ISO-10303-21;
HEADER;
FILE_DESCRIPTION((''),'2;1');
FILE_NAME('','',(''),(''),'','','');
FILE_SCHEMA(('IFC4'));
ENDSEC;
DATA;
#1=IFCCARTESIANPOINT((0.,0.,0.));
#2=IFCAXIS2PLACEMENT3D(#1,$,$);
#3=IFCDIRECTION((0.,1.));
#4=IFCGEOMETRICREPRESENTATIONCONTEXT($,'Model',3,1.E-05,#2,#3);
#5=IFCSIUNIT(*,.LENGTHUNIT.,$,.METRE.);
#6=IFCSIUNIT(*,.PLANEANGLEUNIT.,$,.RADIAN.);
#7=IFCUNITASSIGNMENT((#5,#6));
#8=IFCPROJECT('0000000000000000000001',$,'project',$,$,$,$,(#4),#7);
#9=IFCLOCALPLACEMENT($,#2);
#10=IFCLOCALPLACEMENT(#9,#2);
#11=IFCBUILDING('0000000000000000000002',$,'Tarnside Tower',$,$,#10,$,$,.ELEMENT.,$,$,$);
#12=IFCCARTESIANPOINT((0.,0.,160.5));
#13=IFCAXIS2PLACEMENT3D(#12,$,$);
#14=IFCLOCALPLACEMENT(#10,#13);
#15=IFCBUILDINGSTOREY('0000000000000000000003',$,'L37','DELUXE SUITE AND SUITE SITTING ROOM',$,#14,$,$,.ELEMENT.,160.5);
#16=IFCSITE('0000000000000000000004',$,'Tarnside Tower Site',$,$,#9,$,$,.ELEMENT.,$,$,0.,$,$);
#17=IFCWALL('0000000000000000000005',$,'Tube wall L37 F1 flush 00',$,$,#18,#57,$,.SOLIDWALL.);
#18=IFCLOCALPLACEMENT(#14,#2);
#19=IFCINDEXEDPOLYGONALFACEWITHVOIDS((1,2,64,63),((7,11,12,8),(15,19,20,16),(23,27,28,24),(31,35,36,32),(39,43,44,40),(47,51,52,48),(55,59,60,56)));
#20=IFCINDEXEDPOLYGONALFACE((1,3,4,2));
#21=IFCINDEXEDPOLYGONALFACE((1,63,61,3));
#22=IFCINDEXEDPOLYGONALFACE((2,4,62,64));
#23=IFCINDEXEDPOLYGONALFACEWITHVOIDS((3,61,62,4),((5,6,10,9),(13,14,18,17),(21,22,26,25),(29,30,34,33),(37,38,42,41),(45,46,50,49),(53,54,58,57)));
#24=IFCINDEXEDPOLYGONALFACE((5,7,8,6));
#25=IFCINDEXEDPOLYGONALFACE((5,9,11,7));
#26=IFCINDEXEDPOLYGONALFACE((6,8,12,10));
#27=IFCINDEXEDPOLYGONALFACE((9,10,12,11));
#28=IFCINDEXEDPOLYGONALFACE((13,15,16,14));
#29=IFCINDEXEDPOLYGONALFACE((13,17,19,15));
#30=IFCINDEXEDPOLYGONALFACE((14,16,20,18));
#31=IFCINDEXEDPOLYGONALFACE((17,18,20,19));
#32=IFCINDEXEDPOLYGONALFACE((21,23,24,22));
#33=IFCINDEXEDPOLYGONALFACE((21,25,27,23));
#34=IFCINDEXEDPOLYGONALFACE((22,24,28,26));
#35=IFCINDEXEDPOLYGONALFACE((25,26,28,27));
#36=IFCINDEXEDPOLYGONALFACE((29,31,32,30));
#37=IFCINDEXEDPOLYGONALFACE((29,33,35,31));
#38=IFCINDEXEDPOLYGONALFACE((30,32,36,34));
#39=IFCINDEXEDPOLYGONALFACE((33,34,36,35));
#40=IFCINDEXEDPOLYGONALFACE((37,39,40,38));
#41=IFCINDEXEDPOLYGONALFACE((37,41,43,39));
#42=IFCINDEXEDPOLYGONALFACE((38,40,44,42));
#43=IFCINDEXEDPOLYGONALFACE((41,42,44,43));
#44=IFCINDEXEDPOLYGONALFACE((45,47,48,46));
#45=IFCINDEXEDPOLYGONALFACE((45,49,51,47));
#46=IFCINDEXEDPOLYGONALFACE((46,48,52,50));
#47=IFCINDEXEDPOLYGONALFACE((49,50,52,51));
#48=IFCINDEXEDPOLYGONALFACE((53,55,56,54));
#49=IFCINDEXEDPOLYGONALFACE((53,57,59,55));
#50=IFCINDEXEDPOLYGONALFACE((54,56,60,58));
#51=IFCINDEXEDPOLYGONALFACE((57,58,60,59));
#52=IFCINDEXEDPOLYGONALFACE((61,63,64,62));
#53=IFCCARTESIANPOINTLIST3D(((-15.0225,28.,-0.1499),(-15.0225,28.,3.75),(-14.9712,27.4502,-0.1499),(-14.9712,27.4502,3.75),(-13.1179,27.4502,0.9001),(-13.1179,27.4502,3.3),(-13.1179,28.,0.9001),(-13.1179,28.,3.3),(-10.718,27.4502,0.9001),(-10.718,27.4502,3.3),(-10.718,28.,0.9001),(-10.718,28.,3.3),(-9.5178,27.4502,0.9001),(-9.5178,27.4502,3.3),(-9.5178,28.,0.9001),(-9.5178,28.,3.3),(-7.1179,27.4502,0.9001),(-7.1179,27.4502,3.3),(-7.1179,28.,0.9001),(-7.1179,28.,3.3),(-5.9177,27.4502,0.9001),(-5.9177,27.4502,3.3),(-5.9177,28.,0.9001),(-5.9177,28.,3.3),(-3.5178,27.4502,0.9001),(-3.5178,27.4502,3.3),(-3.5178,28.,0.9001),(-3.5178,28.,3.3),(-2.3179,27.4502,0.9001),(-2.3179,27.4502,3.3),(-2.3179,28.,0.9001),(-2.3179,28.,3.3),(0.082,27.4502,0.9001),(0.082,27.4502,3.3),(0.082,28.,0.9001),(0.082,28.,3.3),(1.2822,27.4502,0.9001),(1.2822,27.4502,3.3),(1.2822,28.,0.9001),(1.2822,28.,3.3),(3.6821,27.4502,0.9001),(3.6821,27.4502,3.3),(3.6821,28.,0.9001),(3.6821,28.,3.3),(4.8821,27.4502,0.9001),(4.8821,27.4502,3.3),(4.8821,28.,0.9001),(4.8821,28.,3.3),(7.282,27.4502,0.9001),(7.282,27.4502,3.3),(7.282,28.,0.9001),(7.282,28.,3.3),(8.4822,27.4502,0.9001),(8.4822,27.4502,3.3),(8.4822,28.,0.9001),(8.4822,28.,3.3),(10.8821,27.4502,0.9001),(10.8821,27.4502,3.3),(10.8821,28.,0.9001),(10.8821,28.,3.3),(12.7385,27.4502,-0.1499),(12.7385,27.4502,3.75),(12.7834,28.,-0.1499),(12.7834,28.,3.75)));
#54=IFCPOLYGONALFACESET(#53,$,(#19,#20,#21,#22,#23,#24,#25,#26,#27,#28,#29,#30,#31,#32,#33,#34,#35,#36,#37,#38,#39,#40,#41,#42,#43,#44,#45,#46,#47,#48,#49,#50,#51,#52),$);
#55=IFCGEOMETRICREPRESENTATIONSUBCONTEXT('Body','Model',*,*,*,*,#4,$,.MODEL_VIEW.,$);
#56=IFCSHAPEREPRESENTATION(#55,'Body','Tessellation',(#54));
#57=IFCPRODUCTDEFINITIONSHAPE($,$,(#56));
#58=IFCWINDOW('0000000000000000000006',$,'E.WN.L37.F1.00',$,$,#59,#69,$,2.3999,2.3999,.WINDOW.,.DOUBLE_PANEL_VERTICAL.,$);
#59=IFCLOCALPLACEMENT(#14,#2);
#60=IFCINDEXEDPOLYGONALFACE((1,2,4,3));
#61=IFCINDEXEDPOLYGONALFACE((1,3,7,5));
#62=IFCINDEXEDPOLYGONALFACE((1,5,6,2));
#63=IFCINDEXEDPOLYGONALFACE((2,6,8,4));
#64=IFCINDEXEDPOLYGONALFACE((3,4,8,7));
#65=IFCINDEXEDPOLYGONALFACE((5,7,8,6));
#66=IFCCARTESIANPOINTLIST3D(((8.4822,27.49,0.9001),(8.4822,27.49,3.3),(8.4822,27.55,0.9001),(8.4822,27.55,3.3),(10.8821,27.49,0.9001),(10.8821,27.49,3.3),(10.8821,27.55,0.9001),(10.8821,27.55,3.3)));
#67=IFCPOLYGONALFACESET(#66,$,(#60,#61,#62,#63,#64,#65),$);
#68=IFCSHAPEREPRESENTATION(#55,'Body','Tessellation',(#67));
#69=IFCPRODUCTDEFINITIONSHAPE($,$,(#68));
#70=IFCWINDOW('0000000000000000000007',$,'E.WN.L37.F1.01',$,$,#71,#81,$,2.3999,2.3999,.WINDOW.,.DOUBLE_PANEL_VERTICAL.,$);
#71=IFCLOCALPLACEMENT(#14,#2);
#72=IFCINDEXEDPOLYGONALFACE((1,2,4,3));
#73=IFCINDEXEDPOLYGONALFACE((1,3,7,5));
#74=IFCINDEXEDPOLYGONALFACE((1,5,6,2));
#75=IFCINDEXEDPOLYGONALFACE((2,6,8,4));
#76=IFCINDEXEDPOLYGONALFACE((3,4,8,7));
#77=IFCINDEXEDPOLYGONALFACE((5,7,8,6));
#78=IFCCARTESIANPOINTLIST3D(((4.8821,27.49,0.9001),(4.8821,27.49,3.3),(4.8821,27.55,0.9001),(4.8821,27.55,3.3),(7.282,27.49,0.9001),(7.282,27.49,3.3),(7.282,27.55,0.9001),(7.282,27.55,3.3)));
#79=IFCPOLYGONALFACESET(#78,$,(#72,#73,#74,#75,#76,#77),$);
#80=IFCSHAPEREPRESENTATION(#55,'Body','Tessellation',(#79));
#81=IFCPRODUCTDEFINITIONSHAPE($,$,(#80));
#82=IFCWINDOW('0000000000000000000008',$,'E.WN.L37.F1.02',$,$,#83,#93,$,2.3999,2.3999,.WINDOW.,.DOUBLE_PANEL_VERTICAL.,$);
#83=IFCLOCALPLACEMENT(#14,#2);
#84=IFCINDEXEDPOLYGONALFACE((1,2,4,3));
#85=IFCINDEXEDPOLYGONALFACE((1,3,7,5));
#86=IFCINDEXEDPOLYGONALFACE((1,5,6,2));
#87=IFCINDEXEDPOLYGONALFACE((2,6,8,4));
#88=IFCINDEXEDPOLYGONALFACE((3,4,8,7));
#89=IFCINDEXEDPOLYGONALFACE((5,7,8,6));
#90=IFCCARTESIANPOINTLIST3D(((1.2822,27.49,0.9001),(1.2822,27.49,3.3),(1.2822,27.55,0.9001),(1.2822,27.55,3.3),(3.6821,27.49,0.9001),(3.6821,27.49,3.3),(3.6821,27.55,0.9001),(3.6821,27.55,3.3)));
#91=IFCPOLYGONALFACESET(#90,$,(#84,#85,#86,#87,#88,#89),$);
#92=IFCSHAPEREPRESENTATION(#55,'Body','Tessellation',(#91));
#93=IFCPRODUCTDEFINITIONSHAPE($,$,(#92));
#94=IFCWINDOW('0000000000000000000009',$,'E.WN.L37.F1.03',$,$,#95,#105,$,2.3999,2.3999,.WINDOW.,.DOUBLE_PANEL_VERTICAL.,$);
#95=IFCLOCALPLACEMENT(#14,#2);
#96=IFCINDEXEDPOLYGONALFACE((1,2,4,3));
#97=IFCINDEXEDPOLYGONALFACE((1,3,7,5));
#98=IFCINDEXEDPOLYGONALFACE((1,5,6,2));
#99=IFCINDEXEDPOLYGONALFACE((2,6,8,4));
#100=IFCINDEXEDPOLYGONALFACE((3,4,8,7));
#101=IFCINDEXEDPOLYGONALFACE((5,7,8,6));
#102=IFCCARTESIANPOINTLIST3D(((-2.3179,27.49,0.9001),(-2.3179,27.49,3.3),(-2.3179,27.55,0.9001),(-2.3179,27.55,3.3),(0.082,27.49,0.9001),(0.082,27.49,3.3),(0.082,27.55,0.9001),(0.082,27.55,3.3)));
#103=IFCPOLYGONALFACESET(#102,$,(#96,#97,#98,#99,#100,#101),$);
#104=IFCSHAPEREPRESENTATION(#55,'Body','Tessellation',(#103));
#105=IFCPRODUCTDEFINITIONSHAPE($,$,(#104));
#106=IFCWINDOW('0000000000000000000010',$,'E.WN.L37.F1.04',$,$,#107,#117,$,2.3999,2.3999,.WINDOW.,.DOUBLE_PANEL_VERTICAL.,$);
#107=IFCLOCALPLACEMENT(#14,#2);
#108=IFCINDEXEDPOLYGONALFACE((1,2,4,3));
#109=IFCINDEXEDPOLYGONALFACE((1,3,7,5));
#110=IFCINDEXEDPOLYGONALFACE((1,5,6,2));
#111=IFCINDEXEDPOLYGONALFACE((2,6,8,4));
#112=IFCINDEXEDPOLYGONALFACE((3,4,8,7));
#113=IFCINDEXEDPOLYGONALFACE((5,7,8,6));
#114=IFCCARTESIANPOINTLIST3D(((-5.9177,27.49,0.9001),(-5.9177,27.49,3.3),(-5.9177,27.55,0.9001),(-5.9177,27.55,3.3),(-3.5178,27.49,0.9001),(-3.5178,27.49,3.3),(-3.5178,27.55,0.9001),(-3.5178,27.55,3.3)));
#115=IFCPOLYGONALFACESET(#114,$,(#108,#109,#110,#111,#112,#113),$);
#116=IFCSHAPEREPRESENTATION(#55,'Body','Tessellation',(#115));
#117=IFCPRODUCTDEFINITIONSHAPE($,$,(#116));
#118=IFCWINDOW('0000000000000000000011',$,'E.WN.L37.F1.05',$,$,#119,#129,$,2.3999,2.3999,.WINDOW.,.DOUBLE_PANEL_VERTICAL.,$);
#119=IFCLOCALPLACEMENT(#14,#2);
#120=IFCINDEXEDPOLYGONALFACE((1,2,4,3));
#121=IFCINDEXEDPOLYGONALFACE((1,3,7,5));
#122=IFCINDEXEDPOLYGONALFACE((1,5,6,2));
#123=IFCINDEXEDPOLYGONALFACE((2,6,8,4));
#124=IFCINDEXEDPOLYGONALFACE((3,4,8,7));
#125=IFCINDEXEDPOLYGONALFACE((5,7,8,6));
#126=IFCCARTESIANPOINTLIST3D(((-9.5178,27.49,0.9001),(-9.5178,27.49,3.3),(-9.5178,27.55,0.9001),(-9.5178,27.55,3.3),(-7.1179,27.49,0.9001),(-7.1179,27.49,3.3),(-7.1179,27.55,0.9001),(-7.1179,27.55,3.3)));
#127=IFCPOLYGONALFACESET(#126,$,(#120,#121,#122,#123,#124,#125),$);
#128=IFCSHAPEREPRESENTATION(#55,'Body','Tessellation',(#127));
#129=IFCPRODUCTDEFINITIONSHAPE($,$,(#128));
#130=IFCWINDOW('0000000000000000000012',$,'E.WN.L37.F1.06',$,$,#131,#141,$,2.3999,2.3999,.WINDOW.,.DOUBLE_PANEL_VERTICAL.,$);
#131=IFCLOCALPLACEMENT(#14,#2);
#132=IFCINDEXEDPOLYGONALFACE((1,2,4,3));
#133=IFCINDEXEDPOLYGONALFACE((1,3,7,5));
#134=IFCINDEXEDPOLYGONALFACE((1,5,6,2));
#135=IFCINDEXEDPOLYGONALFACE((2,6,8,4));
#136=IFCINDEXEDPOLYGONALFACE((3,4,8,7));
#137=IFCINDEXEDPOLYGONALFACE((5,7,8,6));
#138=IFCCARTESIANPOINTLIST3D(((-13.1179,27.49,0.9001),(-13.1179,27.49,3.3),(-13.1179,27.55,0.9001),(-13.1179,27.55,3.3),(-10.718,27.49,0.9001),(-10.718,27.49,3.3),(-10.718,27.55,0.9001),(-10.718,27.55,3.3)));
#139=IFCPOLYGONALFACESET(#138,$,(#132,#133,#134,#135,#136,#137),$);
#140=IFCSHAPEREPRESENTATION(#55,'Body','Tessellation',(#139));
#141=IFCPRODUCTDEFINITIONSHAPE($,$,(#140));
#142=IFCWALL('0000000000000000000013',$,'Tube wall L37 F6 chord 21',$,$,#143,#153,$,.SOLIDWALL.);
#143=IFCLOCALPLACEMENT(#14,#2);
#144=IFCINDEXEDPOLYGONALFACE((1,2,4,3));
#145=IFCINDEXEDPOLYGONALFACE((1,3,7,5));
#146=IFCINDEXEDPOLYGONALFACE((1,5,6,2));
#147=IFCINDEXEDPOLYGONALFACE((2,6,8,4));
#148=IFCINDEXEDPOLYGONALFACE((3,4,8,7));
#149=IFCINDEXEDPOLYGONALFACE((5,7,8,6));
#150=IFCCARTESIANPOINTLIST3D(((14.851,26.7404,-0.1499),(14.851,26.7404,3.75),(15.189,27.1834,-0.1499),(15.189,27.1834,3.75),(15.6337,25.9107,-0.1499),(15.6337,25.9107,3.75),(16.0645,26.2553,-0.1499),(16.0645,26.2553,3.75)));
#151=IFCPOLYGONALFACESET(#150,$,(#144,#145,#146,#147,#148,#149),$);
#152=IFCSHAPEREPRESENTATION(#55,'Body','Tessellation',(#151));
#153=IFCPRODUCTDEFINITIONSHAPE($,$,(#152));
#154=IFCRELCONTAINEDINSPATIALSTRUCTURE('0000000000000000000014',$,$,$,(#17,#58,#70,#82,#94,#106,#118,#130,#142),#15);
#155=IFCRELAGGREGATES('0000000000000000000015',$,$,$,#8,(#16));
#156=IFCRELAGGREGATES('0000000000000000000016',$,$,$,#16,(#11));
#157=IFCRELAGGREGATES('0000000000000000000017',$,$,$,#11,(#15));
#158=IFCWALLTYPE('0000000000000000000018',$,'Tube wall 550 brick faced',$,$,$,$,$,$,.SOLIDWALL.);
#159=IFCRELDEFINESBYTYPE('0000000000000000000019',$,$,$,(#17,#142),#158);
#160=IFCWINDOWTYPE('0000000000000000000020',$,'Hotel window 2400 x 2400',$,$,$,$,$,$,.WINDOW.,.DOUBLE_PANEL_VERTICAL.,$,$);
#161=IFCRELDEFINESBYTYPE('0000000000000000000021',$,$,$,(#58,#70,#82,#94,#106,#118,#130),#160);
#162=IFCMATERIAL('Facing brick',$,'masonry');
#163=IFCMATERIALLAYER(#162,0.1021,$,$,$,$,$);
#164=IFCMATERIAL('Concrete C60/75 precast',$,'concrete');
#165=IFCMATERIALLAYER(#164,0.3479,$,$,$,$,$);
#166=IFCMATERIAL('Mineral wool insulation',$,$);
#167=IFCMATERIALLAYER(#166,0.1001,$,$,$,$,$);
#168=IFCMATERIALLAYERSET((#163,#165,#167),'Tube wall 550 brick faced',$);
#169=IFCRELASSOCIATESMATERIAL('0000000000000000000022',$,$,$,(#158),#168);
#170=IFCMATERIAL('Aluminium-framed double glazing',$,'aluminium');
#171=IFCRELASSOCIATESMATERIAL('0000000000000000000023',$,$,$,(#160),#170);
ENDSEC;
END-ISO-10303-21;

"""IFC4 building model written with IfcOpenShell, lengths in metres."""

from ifc_helpers import new_model, si_unit, direction, frame, frame_2d, origin, place, context, subcontext, project, spatial, polyline, rectangle, outline, extrude, material, layer, layer_set, type_object, element, fill, save


model = new_model("IFC4")

# Units and contexts
model_context = context("Model", 3, precision=1e-05, world=origin(), true_north=direction((0.0, 1.0)))
body_context = subcontext(model_context, "Body", "Model", "MODEL_VIEW")
ifc_project = project(units=[si_unit("LENGTHUNIT", "METRE"), si_unit("PLANEANGLEUNIT", "RADIAN")], contexts=[model_context])

# Site, building, storey
site_placement = place(None, origin())
site = spatial("IfcSite", under=ifc_project, at=site_placement, Name="Tarnside Tower Site", CompositionType="ELEMENT", RefElevation=0.0)
building_placement = place(site_placement, origin())
building = spatial("IfcBuilding", under=site, at=building_placement, Name="Tarnside Tower", CompositionType="ELEMENT")
storey_placement = place(building_placement, frame((0.0, 0.0, 160.5)))
storey = spatial("IfcBuildingStorey", under=building, at=storey_placement, Name="L37", Description="DELUXE SUITE AND SUITE SITTING ROOM", CompositionType="ELEMENT", Elevation=160.5)

# Wall, openings, windows
ifc_material_1 = material(Name="Facing brick", Category="masonry")
ifc_layer_1 = layer(ifc_material_1, 0.1021)
ifc_material_2 = material(Name="Concrete C60/75 precast", Category="concrete")
ifc_layer_2 = layer(ifc_material_2, 0.3479)
ifc_material_3 = material(Name="Mineral wool insulation")
ifc_layer_3 = layer(ifc_material_3, 0.1001)
ifc_layer_set_1 = layer_set([ifc_layer_1, ifc_layer_2, ifc_layer_3], Name="Tube wall 550 brick faced")
wall_type_1 = type_object("IfcWallType", Name="Tube wall 550 brick faced", PredefinedType="SOLIDWALL", material=ifc_layer_set_1)
wall_1_placement = place(storey_placement, frame((12.761, 27.7251, -0.1499), z_axis=(0.0, 0.0, 1.0), x_axis=(-1.0, 0.0, 0.0)))
wall_1 = element("IfcWall", 1, at=wall_1_placement, inside=storey, type_object=wall_type_1, Name="Tube wall L37 F1 flush 00", PredefinedType="SOLIDWALL", context=body_context, shape_type="SweptSolid", body=[
    extrude(outline(polyline([(-0.0225, -0.2749), (27.7834, -0.2749), (27.7322, 0.2749), (0.0225, 0.2749), (-0.0225, -0.2749)])), origin(), (0.0, 0.0, 1.0), 3.8999),
])
opening_1_placement = place(wall_1_placement, frame((1.8789, 0.0, 1.05)))
opening_1 = element("IfcOpeningElement", 2, at=opening_1_placement, cuts=wall_1, PredefinedType="OPENING", context=body_context, shape_type="SweptSolid", body=[
    extrude(rectangle(XDim=2.3999, YDim=2.3999, at=frame_2d((1.2, 1.2))), frame((0.0, 0.2852, 0.0), z_axis=(0.0, -1.0, 0.0), x_axis=(1.0, 0.0, 0.0)), (0.0, 0.0, 1.0), 0.5701),
])
opening_2_placement = place(wall_1_placement, frame((5.479, 0.0, 1.05)))
opening_2 = element("IfcOpeningElement", 3, at=opening_2_placement, cuts=wall_1, PredefinedType="OPENING", context=body_context, shape_type="SweptSolid", body=[
    extrude(rectangle(XDim=2.3999, YDim=2.3999, at=frame_2d((1.2, 1.2))), frame((0.0, 0.2852, 0.0), z_axis=(0.0, -1.0, 0.0), x_axis=(1.0, 0.0, 0.0)), (0.0, 0.0, 1.0), 0.5701),
])
opening_3_placement = place(wall_1_placement, frame((9.0789, 0.0, 1.05)))
opening_3 = element("IfcOpeningElement", 4, at=opening_3_placement, cuts=wall_1, PredefinedType="OPENING", context=body_context, shape_type="SweptSolid", body=[
    extrude(rectangle(XDim=2.3999, YDim=2.3999, at=frame_2d((1.2, 1.2))), frame((0.0, 0.2852, 0.0), z_axis=(0.0, -1.0, 0.0), x_axis=(1.0, 0.0, 0.0)), (0.0, 0.0, 1.0), 0.5701),
])
opening_4_placement = place(wall_1_placement, frame((12.679, 0.0, 1.05)))
opening_4 = element("IfcOpeningElement", 5, at=opening_4_placement, cuts=wall_1, PredefinedType="OPENING", context=body_context, shape_type="SweptSolid", body=[
    extrude(rectangle(XDim=2.3999, YDim=2.3999, at=frame_2d((1.2, 1.2))), frame((0.0, 0.2852, 0.0), z_axis=(0.0, -1.0, 0.0), x_axis=(1.0, 0.0, 0.0)), (0.0, 0.0, 1.0), 0.5701),
])
opening_5_placement = place(wall_1_placement, frame((16.2788, 0.0, 1.05)))
opening_5 = element("IfcOpeningElement", 6, at=opening_5_placement, cuts=wall_1, PredefinedType="OPENING", context=body_context, shape_type="SweptSolid", body=[
    extrude(rectangle(XDim=2.3999, YDim=2.3999, at=frame_2d((1.2, 1.2))), frame((0.0, 0.2852, 0.0), z_axis=(0.0, -1.0, 0.0), x_axis=(1.0, 0.0, 0.0)), (0.0, 0.0, 1.0), 0.5701),
])
opening_6_placement = place(wall_1_placement, frame((19.8789, 0.0, 1.05)))
opening_6 = element("IfcOpeningElement", 7, at=opening_6_placement, cuts=wall_1, PredefinedType="OPENING", context=body_context, shape_type="SweptSolid", body=[
    extrude(rectangle(XDim=2.3999, YDim=2.3999, at=frame_2d((1.2, 1.2))), frame((0.0, 0.2852, 0.0), z_axis=(0.0, -1.0, 0.0), x_axis=(1.0, 0.0, 0.0)), (0.0, 0.0, 1.0), 0.5701),
])
opening_7_placement = place(wall_1_placement, frame((23.479, 0.0, 1.05)))
opening_7 = element("IfcOpeningElement", 8, at=opening_7_placement, cuts=wall_1, PredefinedType="OPENING", context=body_context, shape_type="SweptSolid", body=[
    extrude(rectangle(XDim=2.3999, YDim=2.3999, at=frame_2d((1.2, 1.2))), frame((0.0, 0.2852, 0.0), z_axis=(0.0, -1.0, 0.0), x_axis=(1.0, 0.0, 0.0)), (0.0, 0.0, 1.0), 0.5701),
])
ifc_material_4 = material(Name="Aluminium-framed double glazing", Category="aluminium")
window_type = type_object("IfcWindowType", Name="Hotel window 2400 x 2400", PartitioningType="DOUBLE_PANEL_VERTICAL", PredefinedType="WINDOW", material=ifc_material_4)
window_1_placement = place(opening_1_placement, frame((0.0, 0.2051, 0.0)))
window_1 = element("IfcWindow", 9, at=window_1_placement, inside=storey, type_object=window_type, Name="E.WN.L37.F1.00", OverallHeight=2.3999, OverallWidth=2.3999, PartitioningType="DOUBLE_PANEL_VERTICAL", PredefinedType="WINDOW", context=body_context, shape_type="SweptSolid", body=[
    extrude(rectangle(XDim=2.3999, YDim=2.3999, at=frame_2d((1.2, 1.2))), frame((0.0, 0.03, 0.0), z_axis=(0.0, -1.0, 0.0), x_axis=(1.0, 0.0, 0.0)), (0.0, 0.0, 1.0), 0.0601),
])
fill(opening_1, window_1)
window_2_placement = place(opening_2_placement, frame((0.0, 0.2051, 0.0)))
window_2 = element("IfcWindow", 10, at=window_2_placement, inside=storey, type_object=window_type, Name="E.WN.L37.F1.01", OverallHeight=2.3999, OverallWidth=2.3999, PartitioningType="DOUBLE_PANEL_VERTICAL", PredefinedType="WINDOW", context=body_context, shape_type="SweptSolid", body=[
    extrude(rectangle(XDim=2.3999, YDim=2.3999, at=frame_2d((1.2, 1.2))), frame((0.0, 0.03, 0.0), z_axis=(0.0, -1.0, 0.0), x_axis=(1.0, 0.0, 0.0)), (0.0, 0.0, 1.0), 0.0601),
])
fill(opening_2, window_2)
window_3_placement = place(opening_3_placement, frame((0.0, 0.2051, 0.0)))
window_3 = element("IfcWindow", 11, at=window_3_placement, inside=storey, type_object=window_type, Name="E.WN.L37.F1.02", OverallHeight=2.3999, OverallWidth=2.3999, PartitioningType="DOUBLE_PANEL_VERTICAL", PredefinedType="WINDOW", context=body_context, shape_type="SweptSolid", body=[
    extrude(rectangle(XDim=2.3999, YDim=2.3999, at=frame_2d((1.2, 1.2))), frame((0.0, 0.03, 0.0), z_axis=(0.0, -1.0, 0.0), x_axis=(1.0, 0.0, 0.0)), (0.0, 0.0, 1.0), 0.0601),
])
fill(opening_3, window_3)
window_4_placement = place(opening_4_placement, frame((0.0, 0.2051, 0.0)))
window_4 = element("IfcWindow", 12, at=window_4_placement, inside=storey, type_object=window_type, Name="E.WN.L37.F1.03", OverallHeight=2.3999, OverallWidth=2.3999, PartitioningType="DOUBLE_PANEL_VERTICAL", PredefinedType="WINDOW", context=body_context, shape_type="SweptSolid", body=[
    extrude(rectangle(XDim=2.3999, YDim=2.3999, at=frame_2d((1.2, 1.2))), frame((0.0, 0.03, 0.0), z_axis=(0.0, -1.0, 0.0), x_axis=(1.0, 0.0, 0.0)), (0.0, 0.0, 1.0), 0.0601),
])
fill(opening_4, window_4)
window_5_placement = place(opening_5_placement, frame((0.0, 0.2051, 0.0)))
window_5 = element("IfcWindow", 13, at=window_5_placement, inside=storey, type_object=window_type, Name="E.WN.L37.F1.04", OverallHeight=2.3999, OverallWidth=2.3999, PartitioningType="DOUBLE_PANEL_VERTICAL", PredefinedType="WINDOW", context=body_context, shape_type="SweptSolid", body=[
    extrude(rectangle(XDim=2.3999, YDim=2.3999, at=frame_2d((1.2, 1.2))), frame((0.0, 0.03, 0.0), z_axis=(0.0, -1.0, 0.0), x_axis=(1.0, 0.0, 0.0)), (0.0, 0.0, 1.0), 0.0601),
])
fill(opening_5, window_5)
window_6_placement = place(opening_6_placement, frame((0.0, 0.2051, 0.0)))
window_6 = element("IfcWindow", 14, at=window_6_placement, inside=storey, type_object=window_type, Name="E.WN.L37.F1.05", OverallHeight=2.3999, OverallWidth=2.3999, PartitioningType="DOUBLE_PANEL_VERTICAL", PredefinedType="WINDOW", context=body_context, shape_type="SweptSolid", body=[
    extrude(rectangle(XDim=2.3999, YDim=2.3999, at=frame_2d((1.2, 1.2))), frame((0.0, 0.03, 0.0), z_axis=(0.0, -1.0, 0.0), x_axis=(1.0, 0.0, 0.0)), (0.0, 0.0, 1.0), 0.0601),
])
fill(opening_6, window_6)
window_7_placement = place(opening_7_placement, frame((0.0, 0.2051, 0.0)))
window_7 = element("IfcWindow", 15, at=window_7_placement, inside=storey, type_object=window_type, Name="E.WN.L37.F1.06", OverallHeight=2.3999, OverallWidth=2.3999, PartitioningType="DOUBLE_PANEL_VERTICAL", PredefinedType="WINDOW", context=body_context, shape_type="SweptSolid", body=[
    extrude(rectangle(XDim=2.3999, YDim=2.3999, at=frame_2d((1.2, 1.2))), frame((0.0, 0.03, 0.0), z_axis=(0.0, -1.0, 0.0), x_axis=(1.0, 0.0, 0.0)), (0.0, 0.0, 1.0), 0.0601),
])
fill(opening_7, window_7)

# Wall
wall_2_placement = place(storey_placement, frame((15.8491, 26.083, -0.1499), z_axis=(0.0, 0.0, 1.0), x_axis=(-0.686196, 0.727416, 0.0)))
element("IfcWall", 16, at=wall_2_placement, inside=storey, type_object=wall_type_1, Name="Tube wall L37 F6 chord 21", PredefinedType="SOLIDWALL", context=body_context, shape_type="SweptSolid", body=[
    extrude(outline(polyline([(-0.0225, -0.2749), (1.2534, -0.2749), (1.1631, 0.2749), (0.0225, 0.2749), (-0.0225, -0.2749)])), origin(), (0.0, 0.0, 1.0), 3.8999),
])

save(model, "model.ifc")
